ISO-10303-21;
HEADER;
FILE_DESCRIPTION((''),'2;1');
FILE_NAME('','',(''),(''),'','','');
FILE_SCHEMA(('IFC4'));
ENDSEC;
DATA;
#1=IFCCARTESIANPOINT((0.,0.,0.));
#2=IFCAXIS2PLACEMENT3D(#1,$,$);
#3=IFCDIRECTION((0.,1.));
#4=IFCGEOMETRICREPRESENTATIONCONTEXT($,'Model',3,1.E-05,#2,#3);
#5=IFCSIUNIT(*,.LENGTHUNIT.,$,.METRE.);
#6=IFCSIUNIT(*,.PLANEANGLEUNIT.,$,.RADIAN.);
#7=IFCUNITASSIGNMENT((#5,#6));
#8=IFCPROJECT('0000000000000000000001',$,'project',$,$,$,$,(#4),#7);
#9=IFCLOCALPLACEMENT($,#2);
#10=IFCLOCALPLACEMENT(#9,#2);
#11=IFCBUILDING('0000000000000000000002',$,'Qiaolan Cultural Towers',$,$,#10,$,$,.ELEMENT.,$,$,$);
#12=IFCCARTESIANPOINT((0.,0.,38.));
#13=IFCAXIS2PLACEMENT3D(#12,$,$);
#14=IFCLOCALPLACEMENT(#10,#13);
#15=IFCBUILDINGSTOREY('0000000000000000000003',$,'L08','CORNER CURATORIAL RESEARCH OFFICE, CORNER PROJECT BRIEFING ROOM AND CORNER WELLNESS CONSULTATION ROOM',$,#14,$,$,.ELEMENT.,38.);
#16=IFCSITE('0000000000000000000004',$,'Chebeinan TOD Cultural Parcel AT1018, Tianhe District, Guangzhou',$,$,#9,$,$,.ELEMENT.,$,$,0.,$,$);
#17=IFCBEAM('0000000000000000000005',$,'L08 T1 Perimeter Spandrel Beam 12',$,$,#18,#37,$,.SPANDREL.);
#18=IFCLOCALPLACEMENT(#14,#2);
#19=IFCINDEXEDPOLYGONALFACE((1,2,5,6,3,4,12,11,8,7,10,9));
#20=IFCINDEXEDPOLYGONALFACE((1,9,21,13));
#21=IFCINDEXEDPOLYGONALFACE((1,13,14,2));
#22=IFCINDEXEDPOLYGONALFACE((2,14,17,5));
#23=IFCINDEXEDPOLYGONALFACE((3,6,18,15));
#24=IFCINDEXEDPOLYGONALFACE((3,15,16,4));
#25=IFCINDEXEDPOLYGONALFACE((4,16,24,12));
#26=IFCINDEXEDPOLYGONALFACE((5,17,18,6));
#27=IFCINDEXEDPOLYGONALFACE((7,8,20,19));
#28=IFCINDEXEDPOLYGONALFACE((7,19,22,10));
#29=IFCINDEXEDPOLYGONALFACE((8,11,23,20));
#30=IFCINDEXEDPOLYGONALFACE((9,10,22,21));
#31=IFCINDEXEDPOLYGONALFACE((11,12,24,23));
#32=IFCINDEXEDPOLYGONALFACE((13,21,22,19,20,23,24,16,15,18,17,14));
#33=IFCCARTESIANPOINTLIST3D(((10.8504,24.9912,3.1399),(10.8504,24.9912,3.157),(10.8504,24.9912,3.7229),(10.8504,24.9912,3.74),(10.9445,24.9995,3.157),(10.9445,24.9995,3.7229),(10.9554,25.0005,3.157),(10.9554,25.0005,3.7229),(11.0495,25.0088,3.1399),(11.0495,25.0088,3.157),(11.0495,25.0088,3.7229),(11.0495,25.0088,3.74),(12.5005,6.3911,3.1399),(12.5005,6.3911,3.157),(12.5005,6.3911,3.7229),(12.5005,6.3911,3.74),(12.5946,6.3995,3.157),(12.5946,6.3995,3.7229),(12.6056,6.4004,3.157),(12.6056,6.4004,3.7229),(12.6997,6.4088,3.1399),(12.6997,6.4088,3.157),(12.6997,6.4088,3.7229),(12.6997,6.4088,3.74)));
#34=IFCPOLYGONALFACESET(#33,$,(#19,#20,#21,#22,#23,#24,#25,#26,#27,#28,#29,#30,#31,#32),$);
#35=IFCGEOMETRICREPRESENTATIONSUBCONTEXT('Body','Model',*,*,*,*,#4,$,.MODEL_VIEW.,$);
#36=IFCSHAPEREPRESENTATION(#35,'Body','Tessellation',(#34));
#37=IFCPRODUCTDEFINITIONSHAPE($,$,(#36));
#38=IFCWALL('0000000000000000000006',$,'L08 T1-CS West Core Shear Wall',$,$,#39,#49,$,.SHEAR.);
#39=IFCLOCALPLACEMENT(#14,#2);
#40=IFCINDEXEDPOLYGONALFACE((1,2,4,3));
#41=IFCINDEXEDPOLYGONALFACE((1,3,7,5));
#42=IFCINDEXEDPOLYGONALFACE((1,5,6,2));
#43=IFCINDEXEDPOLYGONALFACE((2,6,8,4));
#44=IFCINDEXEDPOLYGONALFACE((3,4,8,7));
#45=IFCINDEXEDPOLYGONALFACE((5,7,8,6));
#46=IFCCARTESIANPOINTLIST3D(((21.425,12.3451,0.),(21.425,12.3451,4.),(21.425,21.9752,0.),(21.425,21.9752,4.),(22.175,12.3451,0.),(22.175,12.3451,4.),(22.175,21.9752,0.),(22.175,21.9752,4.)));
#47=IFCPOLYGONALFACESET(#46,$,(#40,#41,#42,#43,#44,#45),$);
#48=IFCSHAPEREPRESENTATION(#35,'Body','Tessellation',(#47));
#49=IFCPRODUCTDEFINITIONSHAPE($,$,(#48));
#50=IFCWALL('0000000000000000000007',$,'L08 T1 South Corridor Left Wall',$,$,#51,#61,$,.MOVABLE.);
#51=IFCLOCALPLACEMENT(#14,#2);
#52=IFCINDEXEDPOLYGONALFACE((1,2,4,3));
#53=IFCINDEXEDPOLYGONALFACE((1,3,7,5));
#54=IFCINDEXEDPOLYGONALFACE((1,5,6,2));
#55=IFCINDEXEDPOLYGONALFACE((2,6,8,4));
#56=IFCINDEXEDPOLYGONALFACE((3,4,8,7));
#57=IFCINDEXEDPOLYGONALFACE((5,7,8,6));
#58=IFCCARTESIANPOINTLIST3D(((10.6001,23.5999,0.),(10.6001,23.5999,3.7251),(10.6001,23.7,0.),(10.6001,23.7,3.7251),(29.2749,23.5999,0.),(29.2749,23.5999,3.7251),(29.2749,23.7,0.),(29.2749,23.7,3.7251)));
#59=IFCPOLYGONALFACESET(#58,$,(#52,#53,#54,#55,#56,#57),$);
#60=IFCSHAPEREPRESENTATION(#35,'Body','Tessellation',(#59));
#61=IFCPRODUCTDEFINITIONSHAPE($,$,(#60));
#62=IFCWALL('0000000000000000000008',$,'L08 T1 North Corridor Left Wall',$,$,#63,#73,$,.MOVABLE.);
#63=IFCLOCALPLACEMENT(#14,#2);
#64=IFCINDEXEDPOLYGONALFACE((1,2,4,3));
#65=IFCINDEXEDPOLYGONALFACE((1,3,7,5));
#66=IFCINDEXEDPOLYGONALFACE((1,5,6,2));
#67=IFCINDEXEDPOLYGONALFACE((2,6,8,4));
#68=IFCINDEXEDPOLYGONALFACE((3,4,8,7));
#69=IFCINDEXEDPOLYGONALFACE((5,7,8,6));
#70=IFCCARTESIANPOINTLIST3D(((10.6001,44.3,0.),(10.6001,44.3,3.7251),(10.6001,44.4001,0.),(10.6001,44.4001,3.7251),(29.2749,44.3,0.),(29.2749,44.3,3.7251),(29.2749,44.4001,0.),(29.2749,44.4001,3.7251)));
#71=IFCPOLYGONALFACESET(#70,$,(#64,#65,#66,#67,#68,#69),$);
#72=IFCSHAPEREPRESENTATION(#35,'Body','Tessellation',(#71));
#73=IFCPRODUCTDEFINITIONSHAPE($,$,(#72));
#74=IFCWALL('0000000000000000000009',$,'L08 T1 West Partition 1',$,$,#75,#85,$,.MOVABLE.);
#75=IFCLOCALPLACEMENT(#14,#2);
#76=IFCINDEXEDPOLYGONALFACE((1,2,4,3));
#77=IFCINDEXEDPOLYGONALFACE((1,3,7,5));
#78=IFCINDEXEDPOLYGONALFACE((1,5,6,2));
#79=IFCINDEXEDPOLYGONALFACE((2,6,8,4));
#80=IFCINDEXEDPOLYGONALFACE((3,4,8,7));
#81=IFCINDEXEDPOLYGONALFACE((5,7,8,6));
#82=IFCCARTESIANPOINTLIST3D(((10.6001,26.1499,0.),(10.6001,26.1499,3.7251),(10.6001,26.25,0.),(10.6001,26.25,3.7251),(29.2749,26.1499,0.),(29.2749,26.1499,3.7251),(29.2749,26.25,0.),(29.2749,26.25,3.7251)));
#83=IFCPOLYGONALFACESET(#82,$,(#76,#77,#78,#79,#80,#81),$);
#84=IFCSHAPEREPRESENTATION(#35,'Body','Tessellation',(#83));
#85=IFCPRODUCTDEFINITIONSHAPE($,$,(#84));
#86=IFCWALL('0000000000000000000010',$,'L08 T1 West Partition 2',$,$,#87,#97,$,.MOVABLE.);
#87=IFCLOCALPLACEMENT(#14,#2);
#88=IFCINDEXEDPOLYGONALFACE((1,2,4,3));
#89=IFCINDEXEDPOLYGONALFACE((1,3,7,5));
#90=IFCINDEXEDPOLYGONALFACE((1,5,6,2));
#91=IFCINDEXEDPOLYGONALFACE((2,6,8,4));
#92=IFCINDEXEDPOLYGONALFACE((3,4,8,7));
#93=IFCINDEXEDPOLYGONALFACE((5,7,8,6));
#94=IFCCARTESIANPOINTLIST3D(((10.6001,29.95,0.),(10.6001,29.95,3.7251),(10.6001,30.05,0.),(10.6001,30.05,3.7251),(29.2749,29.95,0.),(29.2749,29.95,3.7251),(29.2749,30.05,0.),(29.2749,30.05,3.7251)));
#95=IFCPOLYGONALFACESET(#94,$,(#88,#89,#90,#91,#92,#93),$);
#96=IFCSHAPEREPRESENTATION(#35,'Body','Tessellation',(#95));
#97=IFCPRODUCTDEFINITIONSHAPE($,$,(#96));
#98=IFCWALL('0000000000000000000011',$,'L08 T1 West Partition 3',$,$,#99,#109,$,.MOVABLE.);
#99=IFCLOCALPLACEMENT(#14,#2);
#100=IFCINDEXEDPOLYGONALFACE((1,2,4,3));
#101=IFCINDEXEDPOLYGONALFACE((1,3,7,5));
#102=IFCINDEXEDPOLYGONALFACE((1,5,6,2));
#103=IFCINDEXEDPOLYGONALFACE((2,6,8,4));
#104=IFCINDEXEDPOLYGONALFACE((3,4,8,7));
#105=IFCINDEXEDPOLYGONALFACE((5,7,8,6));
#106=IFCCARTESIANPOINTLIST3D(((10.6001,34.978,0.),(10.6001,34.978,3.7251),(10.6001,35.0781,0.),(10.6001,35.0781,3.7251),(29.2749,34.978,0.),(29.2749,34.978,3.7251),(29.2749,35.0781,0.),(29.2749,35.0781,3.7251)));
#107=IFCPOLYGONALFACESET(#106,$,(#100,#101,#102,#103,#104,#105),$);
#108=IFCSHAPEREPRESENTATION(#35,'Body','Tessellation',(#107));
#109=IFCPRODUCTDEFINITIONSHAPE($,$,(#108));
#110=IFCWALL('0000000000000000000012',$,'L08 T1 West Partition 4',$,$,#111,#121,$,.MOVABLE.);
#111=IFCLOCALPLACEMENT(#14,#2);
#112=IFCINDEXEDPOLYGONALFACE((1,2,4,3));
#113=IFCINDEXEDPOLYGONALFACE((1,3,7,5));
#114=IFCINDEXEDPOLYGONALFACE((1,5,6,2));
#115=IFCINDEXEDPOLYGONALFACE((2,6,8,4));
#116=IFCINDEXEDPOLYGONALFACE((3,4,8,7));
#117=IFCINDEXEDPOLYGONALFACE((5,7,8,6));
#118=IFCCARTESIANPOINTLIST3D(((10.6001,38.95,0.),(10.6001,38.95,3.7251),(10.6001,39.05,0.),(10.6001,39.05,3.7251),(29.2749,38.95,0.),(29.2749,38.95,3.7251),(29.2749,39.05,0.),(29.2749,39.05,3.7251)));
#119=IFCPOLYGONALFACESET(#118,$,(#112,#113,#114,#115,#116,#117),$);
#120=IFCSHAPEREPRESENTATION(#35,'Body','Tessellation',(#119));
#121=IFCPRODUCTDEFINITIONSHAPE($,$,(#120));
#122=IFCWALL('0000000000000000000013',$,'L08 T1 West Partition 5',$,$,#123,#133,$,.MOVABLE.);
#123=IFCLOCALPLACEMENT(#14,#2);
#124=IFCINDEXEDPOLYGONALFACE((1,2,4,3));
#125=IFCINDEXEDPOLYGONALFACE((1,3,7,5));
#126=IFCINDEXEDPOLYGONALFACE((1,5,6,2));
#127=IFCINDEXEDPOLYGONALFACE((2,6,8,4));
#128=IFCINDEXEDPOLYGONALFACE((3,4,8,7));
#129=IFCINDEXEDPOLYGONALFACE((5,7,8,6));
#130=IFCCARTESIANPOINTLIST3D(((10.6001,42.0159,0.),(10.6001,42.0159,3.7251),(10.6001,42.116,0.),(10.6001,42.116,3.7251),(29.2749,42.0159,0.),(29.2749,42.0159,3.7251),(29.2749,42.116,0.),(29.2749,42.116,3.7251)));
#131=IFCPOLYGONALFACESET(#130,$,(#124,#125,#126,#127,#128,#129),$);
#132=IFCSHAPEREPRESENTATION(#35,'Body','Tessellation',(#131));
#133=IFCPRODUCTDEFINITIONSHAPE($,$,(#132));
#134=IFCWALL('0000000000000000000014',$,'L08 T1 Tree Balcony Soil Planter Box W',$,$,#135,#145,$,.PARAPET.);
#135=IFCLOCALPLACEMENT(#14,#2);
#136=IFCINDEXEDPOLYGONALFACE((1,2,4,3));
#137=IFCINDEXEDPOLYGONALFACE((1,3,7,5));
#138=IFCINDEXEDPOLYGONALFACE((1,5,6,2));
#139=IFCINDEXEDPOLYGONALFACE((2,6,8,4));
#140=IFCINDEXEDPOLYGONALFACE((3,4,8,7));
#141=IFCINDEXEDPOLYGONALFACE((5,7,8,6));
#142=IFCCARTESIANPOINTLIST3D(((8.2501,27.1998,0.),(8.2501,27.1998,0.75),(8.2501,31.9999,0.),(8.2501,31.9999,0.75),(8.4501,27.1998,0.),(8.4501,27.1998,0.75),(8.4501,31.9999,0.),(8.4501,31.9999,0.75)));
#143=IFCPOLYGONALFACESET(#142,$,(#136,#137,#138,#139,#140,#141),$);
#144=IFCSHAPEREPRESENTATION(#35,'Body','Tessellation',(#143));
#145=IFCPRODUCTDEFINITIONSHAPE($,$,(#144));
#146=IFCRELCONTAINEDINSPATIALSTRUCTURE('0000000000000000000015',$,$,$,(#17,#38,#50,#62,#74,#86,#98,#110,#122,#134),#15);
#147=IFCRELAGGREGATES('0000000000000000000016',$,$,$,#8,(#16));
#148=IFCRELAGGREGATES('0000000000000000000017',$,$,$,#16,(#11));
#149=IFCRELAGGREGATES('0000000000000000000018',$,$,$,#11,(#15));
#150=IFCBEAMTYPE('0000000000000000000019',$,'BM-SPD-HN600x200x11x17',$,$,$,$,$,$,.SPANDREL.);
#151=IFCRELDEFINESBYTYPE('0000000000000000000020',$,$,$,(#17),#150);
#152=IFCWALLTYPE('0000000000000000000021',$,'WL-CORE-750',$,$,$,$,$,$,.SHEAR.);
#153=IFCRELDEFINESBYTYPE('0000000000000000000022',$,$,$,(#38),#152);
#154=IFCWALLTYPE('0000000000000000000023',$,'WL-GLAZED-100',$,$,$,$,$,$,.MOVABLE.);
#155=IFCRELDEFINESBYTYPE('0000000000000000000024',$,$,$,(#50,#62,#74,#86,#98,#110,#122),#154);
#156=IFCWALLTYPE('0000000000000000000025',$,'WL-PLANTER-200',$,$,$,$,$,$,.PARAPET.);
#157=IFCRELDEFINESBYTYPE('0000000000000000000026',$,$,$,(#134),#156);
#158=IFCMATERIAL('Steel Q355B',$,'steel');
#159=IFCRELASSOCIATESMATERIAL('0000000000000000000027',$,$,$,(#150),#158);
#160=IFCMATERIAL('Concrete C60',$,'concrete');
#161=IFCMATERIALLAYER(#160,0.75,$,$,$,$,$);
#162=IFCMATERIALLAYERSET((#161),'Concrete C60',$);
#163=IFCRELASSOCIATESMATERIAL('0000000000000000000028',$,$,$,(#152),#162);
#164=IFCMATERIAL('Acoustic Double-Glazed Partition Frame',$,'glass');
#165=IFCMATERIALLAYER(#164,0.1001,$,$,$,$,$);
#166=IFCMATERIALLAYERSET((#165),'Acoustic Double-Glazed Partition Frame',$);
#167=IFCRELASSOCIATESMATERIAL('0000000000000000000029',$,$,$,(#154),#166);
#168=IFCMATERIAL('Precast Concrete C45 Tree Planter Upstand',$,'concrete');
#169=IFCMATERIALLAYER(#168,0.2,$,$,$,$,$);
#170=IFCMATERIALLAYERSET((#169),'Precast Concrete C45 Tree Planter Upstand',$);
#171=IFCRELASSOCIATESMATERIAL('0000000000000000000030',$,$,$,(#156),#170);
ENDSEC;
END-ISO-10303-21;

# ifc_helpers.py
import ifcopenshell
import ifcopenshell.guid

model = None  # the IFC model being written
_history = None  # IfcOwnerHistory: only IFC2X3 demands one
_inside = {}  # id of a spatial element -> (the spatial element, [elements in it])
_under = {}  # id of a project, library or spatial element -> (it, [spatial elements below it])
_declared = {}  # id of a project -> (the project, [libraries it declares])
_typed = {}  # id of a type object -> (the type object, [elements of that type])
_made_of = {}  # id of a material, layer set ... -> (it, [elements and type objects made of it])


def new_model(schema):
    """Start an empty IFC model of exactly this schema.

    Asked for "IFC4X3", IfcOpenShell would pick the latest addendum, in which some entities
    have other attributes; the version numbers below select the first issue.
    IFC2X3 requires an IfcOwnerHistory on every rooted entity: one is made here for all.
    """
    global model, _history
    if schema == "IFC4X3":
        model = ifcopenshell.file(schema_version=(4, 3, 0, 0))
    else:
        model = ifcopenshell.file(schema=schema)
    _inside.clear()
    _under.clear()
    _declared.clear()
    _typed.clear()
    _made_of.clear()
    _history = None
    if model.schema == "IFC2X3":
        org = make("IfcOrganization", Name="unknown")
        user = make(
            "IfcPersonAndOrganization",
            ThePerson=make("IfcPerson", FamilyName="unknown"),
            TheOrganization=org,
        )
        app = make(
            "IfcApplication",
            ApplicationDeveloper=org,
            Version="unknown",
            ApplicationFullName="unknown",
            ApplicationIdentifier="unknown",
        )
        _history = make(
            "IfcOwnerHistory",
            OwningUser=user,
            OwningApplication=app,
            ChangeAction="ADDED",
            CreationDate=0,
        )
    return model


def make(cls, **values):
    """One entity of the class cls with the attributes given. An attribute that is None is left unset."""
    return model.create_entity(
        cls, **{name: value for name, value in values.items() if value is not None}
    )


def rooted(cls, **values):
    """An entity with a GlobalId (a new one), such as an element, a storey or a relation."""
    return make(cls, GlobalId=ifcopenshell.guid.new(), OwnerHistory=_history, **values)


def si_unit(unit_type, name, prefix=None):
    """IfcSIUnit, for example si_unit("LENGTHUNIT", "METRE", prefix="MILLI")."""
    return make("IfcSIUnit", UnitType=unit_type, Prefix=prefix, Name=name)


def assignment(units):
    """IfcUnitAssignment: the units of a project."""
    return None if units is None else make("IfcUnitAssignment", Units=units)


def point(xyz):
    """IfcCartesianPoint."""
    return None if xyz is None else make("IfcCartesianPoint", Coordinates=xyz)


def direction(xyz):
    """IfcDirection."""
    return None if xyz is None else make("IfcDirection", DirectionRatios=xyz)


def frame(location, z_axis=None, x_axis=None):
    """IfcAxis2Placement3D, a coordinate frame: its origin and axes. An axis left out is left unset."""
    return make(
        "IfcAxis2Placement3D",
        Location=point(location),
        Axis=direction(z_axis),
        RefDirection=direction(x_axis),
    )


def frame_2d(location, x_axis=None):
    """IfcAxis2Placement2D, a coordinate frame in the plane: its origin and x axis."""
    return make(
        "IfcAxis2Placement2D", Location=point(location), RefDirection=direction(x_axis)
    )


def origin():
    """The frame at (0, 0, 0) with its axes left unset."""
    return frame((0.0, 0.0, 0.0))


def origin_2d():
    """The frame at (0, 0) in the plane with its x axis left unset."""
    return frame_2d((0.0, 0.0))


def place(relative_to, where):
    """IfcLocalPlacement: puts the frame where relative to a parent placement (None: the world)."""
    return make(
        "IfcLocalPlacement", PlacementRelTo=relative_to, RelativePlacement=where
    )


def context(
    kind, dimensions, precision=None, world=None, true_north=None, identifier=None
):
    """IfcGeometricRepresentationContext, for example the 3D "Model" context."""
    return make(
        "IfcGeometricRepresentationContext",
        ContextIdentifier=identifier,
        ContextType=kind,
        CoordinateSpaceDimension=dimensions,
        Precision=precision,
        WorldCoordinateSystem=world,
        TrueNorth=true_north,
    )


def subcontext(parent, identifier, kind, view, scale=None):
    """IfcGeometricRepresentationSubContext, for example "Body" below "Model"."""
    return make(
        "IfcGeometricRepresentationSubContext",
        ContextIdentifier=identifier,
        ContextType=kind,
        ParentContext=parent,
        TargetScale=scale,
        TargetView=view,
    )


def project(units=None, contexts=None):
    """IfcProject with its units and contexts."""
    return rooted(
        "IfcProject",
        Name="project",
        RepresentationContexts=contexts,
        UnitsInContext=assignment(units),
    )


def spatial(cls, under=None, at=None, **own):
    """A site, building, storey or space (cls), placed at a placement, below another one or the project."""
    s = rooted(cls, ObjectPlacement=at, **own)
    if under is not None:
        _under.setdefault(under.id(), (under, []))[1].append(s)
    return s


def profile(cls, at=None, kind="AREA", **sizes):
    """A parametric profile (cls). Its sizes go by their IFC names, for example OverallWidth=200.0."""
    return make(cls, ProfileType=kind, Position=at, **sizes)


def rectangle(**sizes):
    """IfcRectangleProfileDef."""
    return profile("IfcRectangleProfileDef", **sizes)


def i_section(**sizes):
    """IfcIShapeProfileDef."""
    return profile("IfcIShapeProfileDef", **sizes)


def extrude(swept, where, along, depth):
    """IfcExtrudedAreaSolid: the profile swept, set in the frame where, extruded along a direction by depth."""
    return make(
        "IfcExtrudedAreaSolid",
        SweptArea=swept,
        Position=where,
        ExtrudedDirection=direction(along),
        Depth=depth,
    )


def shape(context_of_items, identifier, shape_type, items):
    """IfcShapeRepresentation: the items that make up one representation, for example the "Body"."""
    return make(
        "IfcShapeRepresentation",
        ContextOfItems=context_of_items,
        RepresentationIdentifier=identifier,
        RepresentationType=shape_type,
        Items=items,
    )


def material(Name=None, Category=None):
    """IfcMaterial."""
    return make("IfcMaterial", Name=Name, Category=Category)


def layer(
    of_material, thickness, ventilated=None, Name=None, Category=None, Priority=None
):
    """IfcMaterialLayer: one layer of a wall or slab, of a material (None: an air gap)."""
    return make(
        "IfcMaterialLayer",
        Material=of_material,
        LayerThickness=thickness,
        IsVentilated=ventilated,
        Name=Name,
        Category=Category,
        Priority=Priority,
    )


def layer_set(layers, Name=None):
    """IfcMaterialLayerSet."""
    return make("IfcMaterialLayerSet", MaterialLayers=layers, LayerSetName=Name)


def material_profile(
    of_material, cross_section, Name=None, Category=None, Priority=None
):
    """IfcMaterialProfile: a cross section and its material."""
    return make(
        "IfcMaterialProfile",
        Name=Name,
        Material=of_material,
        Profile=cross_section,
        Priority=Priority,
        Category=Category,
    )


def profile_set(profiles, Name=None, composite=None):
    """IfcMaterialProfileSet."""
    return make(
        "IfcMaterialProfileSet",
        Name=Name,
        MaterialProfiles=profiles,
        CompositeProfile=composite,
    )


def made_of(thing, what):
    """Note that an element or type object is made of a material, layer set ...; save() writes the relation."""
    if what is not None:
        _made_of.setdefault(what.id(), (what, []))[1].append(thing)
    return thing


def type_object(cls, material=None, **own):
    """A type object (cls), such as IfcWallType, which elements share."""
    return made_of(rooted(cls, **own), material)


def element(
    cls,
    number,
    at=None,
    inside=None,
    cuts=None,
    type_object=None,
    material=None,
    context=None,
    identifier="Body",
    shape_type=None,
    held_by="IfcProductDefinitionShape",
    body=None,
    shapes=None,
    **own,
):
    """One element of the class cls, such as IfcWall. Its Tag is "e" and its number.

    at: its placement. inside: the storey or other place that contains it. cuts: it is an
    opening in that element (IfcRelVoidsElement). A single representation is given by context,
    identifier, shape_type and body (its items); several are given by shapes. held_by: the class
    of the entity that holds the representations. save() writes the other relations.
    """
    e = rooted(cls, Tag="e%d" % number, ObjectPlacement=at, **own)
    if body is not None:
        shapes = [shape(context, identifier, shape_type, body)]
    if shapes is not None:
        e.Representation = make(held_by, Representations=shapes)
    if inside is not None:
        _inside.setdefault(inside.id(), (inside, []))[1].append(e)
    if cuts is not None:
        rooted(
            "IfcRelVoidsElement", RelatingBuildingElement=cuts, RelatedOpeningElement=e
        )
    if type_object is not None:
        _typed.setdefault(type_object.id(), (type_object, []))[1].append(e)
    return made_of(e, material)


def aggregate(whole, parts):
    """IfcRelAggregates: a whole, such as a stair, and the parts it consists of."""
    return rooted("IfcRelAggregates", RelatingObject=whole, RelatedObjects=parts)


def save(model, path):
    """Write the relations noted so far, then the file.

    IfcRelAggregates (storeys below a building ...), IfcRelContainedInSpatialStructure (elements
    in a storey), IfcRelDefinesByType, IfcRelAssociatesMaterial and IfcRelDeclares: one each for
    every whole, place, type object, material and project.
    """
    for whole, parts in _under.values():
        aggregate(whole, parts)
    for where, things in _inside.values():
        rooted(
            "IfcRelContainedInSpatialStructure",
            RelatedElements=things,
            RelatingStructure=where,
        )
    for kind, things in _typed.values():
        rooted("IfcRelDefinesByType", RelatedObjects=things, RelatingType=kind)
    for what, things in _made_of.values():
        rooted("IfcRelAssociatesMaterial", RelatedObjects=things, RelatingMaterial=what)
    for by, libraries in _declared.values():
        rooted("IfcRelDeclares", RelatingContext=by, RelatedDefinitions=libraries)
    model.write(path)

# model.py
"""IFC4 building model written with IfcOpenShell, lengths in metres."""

from ifc_helpers import new_model, si_unit, direction, frame, frame_2d, origin, origin_2d, place, context, subcontext, project, spatial, rectangle, i_section, extrude, material, layer, layer_set, material_profile, profile_set, type_object, element, save


model = new_model("IFC4")

# Units and contexts
model_context = context("Model", 3, precision=1e-05, world=origin(), true_north=direction((0.0, 1.0)))
body_context = subcontext(model_context, "Body", "Model", "MODEL_VIEW")
ifc_project = project(units=[si_unit("LENGTHUNIT", "METRE"), si_unit("PLANEANGLEUNIT", "RADIAN")], contexts=[model_context])

# Site, building, storey
site_placement = place(None, origin())
site = spatial("IfcSite", under=ifc_project, at=site_placement, Name="Chebeinan TOD Cultural Parcel AT1018, Tianhe District, Guangzhou", CompositionType="ELEMENT", RefElevation=0.0)
building_placement = place(site_placement, origin())
building = spatial("IfcBuilding", under=site, at=building_placement, Name="Qiaolan Cultural Towers", CompositionType="ELEMENT")
storey_placement = place(building_placement, frame((0.0, 0.0, 38.0)))
storey = spatial("IfcBuildingStorey", under=building, at=storey_placement, Name="L08", Description="CORNER CURATORIAL RESEARCH OFFICE, CORNER PROJECT BRIEFING ROOM AND CORNER WELLNESS CONSULTATION ROOM", CompositionType="ELEMENT", Elevation=38.0)

# Beam
ifc_material_1 = material(Name="Steel Q355B", Category="steel")
ifc_material_profile_1 = material_profile(ifc_material_1, i_section(OverallWidth=0.2, OverallDepth=0.6001, WebThickness=0.011, FlangeThickness=0.0171, at=origin_2d()), Name="HN600x200x11x17")
ifc_profile_set_1 = profile_set([ifc_material_profile_1], Name="Steel Q355B")
beam_type_1 = type_object("IfcBeamType", Name="BM-SPD-HN600x200x11x17", PredefinedType="SPANDREL", material=ifc_profile_set_1)
beam_1_placement = place(storey_placement, frame((10.95, 25.0, 3.4399), z_axis=(0.08837, -0.996088, 0.0), x_axis=(0.996088, 0.08837, 0.0)))
element("IfcBeam", 1, at=beam_1_placement, inside=storey, type_object=beam_type_1, Name="L08 T1 Perimeter Spandrel Beam 12", PredefinedType="SPANDREL", context=body_context, shape_type="SweptSolid", body=[
    extrude(i_section(OverallWidth=0.2, OverallDepth=0.6001, WebThickness=0.011, FlangeThickness=0.0171, at=origin_2d()), origin(), (0.0, 0.0, 1.0), 18.6731),
])

# Walls
ifc_material_2 = material(Name="Concrete C60", Category="concrete")
ifc_layer_1 = layer(ifc_material_2, 0.75)
ifc_layer_set_1 = layer_set([ifc_layer_1], Name="Concrete C60")
wall_type_1 = type_object("IfcWallType", Name="WL-CORE-750", PredefinedType="SHEAR", material=ifc_layer_set_1)
wall_1_placement = place(storey_placement, frame((21.8, 21.9751, 0.0), z_axis=(0.0, 0.0, 1.0), x_axis=(0.0, -1.0, 0.0)))
element("IfcWall", 2, at=wall_1_placement, inside=storey, type_object=wall_type_1, Name="L08 T1-CS West Core Shear Wall", PredefinedType="SHEAR", context=body_context, shape_type="SweptSolid", body=[
    extrude(rectangle(XDim=9.6301, YDim=0.75, at=frame_2d((4.8149, 0.0))), origin(), (0.0, 0.0, 1.0), 4.0),
])
ifc_material_3 = material(Name="Acoustic Double-Glazed Partition Frame", Category="glass")
ifc_layer_2 = layer(ifc_material_3, 0.1001)
ifc_layer_set_2 = layer_set([ifc_layer_2], Name="Acoustic Double-Glazed Partition Frame")
wall_type_2 = type_object("IfcWallType", Name="WL-GLAZED-100", PredefinedType="MOVABLE", material=ifc_layer_set_2)
for number, where, z_axis, x_axis, name in (
    (3, (10.6001, 23.6499, 0.0), (0.0, 0.0, 1.0), (1.0, 0.0, 0.0), "L08 T1 South Corridor Left Wall"),
    (4, (10.6001, 44.3501, 0.0), (0.0, 0.0, 1.0), (1.0, 0.0, 0.0), "L08 T1 North Corridor Left Wall"),
    (5, (10.6001, 26.2, 0.0), (0.0, 0.0, 1.0), (1.0, 0.0, 0.0), "L08 T1 West Partition 1"),
    (6, (10.6001, 30.0, 0.0), (0.0, 0.0, 1.0), (1.0, 0.0, 0.0), "L08 T1 West Partition 2"),
    (7, (10.6001, 35.0281, 0.0), (0.0, 0.0, 1.0), (1.0, 0.0, 0.0), "L08 T1 West Partition 3"),
    (8, (10.6001, 39.0, 0.0), (0.0, 0.0, 1.0), (1.0, 0.0, 0.0), "L08 T1 West Partition 4"),
    (9, (10.6001, 42.0659, 0.0), (0.0, 0.0, 1.0), (1.0, 0.0, 0.0), "L08 T1 West Partition 5"),
):
    element("IfcWall", number, at=place(storey_placement, frame(where, z_axis=z_axis, x_axis=x_axis)), inside=storey, type_object=wall_type_2, Name=name, PredefinedType="MOVABLE", context=body_context, shape_type="SweptSolid", body=[
        extrude(rectangle(XDim=18.6748, YDim=0.1001, at=frame_2d((9.3374, 0.0))), origin(), (0.0, 0.0, 1.0), 3.7251),
    ])
ifc_material_4 = material(Name="Precast Concrete C45 Tree Planter Upstand", Category="concrete")
ifc_layer_3 = layer(ifc_material_4, 0.2)
ifc_layer_set_3 = layer_set([ifc_layer_3], Name="Precast Concrete C45 Tree Planter Upstand")
wall_type_3 = type_object("IfcWallType", Name="WL-PLANTER-200", PredefinedType="PARAPET", material=ifc_layer_set_3)
wall_2_placement = place(storey_placement, frame((8.3501, 27.2, 0.0), z_axis=(0.0, 0.0, 1.0), x_axis=(0.0, 1.0, 0.0)))
element("IfcWall", 10, at=wall_2_placement, inside=storey, type_object=wall_type_3, Name="L08 T1 Tree Balcony Soil Planter Box W", PredefinedType="PARAPET", context=body_context, shape_type="SweptSolid", body=[
    extrude(rectangle(XDim=4.8, YDim=0.2, at=frame_2d((2.3999, 0.0))), origin(), (0.0, 0.0, 1.0), 0.75),
])

save(model, "model.ifc")
